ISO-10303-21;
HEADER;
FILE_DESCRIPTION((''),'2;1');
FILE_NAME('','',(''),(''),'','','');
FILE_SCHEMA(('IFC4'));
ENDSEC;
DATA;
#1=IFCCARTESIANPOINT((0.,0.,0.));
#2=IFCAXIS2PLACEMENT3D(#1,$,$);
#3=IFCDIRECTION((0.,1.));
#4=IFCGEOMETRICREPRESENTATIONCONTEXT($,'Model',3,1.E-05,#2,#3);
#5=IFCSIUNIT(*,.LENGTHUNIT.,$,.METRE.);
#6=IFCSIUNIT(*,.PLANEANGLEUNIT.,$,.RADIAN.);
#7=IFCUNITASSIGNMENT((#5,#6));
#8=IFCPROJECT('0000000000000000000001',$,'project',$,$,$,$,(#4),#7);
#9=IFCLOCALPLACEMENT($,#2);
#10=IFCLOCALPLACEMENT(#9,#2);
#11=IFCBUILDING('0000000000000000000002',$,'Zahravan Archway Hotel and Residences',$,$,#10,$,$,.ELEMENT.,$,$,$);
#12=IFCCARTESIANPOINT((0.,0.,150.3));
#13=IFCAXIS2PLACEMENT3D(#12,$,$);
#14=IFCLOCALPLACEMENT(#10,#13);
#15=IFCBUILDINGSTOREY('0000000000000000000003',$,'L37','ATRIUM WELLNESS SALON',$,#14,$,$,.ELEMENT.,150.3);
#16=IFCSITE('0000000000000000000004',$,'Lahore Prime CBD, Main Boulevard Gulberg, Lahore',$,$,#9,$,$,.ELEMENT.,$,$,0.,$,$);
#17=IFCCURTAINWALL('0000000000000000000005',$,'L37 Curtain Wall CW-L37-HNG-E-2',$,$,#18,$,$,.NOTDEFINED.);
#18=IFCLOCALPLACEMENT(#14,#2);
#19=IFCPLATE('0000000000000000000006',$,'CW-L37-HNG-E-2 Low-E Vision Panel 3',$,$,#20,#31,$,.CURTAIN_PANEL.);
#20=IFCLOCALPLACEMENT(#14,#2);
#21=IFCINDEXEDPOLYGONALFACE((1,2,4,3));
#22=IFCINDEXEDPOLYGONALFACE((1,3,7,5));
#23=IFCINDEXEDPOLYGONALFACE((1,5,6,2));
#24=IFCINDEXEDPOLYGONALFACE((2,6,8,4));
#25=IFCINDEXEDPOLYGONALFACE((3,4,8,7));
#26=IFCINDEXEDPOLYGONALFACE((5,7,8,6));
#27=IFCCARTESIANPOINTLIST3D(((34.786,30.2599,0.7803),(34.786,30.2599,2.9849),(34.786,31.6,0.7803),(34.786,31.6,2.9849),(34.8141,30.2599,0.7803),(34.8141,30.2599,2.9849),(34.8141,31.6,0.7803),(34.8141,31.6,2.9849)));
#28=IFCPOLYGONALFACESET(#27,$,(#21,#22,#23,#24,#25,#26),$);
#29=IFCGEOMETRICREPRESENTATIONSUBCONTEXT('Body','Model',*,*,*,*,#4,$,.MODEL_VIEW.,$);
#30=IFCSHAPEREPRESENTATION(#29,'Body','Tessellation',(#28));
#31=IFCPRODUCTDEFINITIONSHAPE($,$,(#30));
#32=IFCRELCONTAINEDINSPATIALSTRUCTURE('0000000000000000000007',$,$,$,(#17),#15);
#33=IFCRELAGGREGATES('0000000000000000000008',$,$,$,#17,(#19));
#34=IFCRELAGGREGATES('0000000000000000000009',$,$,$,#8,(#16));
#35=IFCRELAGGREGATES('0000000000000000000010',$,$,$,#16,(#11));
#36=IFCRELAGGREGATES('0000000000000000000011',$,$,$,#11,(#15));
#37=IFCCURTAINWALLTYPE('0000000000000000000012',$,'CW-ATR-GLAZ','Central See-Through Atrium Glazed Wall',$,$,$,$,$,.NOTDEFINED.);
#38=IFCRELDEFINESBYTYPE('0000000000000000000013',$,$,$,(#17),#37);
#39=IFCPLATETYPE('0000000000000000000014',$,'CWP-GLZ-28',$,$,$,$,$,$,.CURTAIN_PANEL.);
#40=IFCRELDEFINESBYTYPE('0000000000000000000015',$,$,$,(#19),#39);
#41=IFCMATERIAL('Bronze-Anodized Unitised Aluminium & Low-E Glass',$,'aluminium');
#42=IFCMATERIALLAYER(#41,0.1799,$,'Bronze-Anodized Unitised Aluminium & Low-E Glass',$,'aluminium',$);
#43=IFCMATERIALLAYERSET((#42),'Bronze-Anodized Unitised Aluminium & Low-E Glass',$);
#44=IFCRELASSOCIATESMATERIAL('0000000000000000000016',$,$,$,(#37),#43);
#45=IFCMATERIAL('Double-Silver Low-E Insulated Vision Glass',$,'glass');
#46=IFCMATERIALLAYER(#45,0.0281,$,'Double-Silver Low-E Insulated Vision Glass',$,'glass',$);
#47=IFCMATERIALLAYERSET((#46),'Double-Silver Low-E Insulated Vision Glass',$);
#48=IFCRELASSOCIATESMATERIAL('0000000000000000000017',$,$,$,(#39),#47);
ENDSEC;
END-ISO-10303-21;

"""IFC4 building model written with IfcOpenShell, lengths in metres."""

from ifc_helpers import new_model, si_unit, direction, frame, origin, origin_2d, place, context, subcontext, project, spatial, rectangle, extrude, source, transform, mapped, material, layer, layer_set, type_object, element, aggregate, save


model = new_model("IFC4")

# Units and contexts
model_context = context("Model", 3, precision=1e-05, world=origin(), true_north=direction((0.0, 1.0)))
body_context = subcontext(model_context, "Body", "Model", "MODEL_VIEW")
ifc_project = project(units=[si_unit("LENGTHUNIT", "METRE"), si_unit("PLANEANGLEUNIT", "RADIAN")], contexts=[model_context])

# Site, building, storey
site_placement = place(None, origin())
site = spatial("IfcSite", under=ifc_project, at=site_placement, Name="Lahore Prime CBD, Main Boulevard Gulberg, Lahore", CompositionType="ELEMENT", RefElevation=0.0)
building_placement = place(site_placement, origin())
building = spatial("IfcBuilding", under=site, at=building_placement, Name="Zahravan Archway Hotel and Residences", CompositionType="ELEMENT")
storey_placement = place(building_placement, frame((0.0, 0.0, 150.3)))
storey = spatial("IfcBuildingStorey", under=building, at=storey_placement, Name="L37", Description="ATRIUM WELLNESS SALON", CompositionType="ELEMENT", Elevation=150.3)

# Curtain wall
ifc_material_1 = material(Name="Bronze-Anodized Unitised Aluminium & Low-E Glass", Category="aluminium")
ifc_layer_1 = layer(ifc_material_1, 0.1799, Name="Bronze-Anodized Unitised Aluminium & Low-E Glass", Category="aluminium")
ifc_layer_set_1 = layer_set([ifc_layer_1], Name="Bronze-Anodized Unitised Aluminium & Low-E Glass")
curtain_wall_type = type_object("IfcCurtainWallType", Name="CW-ATR-GLAZ", Description="Central See-Through Atrium Glazed Wall", PredefinedType="NOTDEFINED", material=ifc_layer_set_1)
curtain_wall_1_placement = place(storey_placement, origin())
curtain_wall_1 = element("IfcCurtainWall", 1, at=curtain_wall_1_placement, inside=storey, type_object=curtain_wall_type, Name="L37 Curtain Wall CW-L37-HNG-E-2", PredefinedType="NOTDEFINED")

# Plate
ifc_material_2 = material(Name="Double-Silver Low-E Insulated Vision Glass", Category="glass")
ifc_layer_2 = layer(ifc_material_2, 0.0281, Name="Double-Silver Low-E Insulated Vision Glass", Category="glass")
ifc_layer_set_2 = layer_set([ifc_layer_2], Name="Double-Silver Low-E Insulated Vision Glass")
plate_type_1 = type_object("IfcPlateType", Name="CWP-GLZ-28", PredefinedType="CURTAIN_PANEL", material=ifc_layer_set_2)
shared_shape_1 = source(origin(), body_context, "Body", "SweptSolid", [
    extrude(rectangle(XDim=1.3401, YDim=0.0281, at=origin_2d()), origin(), (0.0, 0.0, 1.0), 2.2046),
])
plate_1_placement = place(storey_placement, frame((34.8, 30.9299, 0.7803), z_axis=(0.0, 0.0, 1.0), x_axis=(0.0, 1.0, 0.0)))
plate_1 = element("IfcPlate", 2, at=plate_1_placement, type_object=plate_type_1, Name="CW-L37-HNG-E-2 Low-E Vision Panel 3", PredefinedType="CURTAIN_PANEL", context=body_context, shape_type="MappedRepresentation", body=[
    mapped(shared_shape_1, transform((0.0, 0.0, 0.0), scale=1.0)),
])
aggregate(curtain_wall_1, [plate_1])

save(model, "model.ifc")
